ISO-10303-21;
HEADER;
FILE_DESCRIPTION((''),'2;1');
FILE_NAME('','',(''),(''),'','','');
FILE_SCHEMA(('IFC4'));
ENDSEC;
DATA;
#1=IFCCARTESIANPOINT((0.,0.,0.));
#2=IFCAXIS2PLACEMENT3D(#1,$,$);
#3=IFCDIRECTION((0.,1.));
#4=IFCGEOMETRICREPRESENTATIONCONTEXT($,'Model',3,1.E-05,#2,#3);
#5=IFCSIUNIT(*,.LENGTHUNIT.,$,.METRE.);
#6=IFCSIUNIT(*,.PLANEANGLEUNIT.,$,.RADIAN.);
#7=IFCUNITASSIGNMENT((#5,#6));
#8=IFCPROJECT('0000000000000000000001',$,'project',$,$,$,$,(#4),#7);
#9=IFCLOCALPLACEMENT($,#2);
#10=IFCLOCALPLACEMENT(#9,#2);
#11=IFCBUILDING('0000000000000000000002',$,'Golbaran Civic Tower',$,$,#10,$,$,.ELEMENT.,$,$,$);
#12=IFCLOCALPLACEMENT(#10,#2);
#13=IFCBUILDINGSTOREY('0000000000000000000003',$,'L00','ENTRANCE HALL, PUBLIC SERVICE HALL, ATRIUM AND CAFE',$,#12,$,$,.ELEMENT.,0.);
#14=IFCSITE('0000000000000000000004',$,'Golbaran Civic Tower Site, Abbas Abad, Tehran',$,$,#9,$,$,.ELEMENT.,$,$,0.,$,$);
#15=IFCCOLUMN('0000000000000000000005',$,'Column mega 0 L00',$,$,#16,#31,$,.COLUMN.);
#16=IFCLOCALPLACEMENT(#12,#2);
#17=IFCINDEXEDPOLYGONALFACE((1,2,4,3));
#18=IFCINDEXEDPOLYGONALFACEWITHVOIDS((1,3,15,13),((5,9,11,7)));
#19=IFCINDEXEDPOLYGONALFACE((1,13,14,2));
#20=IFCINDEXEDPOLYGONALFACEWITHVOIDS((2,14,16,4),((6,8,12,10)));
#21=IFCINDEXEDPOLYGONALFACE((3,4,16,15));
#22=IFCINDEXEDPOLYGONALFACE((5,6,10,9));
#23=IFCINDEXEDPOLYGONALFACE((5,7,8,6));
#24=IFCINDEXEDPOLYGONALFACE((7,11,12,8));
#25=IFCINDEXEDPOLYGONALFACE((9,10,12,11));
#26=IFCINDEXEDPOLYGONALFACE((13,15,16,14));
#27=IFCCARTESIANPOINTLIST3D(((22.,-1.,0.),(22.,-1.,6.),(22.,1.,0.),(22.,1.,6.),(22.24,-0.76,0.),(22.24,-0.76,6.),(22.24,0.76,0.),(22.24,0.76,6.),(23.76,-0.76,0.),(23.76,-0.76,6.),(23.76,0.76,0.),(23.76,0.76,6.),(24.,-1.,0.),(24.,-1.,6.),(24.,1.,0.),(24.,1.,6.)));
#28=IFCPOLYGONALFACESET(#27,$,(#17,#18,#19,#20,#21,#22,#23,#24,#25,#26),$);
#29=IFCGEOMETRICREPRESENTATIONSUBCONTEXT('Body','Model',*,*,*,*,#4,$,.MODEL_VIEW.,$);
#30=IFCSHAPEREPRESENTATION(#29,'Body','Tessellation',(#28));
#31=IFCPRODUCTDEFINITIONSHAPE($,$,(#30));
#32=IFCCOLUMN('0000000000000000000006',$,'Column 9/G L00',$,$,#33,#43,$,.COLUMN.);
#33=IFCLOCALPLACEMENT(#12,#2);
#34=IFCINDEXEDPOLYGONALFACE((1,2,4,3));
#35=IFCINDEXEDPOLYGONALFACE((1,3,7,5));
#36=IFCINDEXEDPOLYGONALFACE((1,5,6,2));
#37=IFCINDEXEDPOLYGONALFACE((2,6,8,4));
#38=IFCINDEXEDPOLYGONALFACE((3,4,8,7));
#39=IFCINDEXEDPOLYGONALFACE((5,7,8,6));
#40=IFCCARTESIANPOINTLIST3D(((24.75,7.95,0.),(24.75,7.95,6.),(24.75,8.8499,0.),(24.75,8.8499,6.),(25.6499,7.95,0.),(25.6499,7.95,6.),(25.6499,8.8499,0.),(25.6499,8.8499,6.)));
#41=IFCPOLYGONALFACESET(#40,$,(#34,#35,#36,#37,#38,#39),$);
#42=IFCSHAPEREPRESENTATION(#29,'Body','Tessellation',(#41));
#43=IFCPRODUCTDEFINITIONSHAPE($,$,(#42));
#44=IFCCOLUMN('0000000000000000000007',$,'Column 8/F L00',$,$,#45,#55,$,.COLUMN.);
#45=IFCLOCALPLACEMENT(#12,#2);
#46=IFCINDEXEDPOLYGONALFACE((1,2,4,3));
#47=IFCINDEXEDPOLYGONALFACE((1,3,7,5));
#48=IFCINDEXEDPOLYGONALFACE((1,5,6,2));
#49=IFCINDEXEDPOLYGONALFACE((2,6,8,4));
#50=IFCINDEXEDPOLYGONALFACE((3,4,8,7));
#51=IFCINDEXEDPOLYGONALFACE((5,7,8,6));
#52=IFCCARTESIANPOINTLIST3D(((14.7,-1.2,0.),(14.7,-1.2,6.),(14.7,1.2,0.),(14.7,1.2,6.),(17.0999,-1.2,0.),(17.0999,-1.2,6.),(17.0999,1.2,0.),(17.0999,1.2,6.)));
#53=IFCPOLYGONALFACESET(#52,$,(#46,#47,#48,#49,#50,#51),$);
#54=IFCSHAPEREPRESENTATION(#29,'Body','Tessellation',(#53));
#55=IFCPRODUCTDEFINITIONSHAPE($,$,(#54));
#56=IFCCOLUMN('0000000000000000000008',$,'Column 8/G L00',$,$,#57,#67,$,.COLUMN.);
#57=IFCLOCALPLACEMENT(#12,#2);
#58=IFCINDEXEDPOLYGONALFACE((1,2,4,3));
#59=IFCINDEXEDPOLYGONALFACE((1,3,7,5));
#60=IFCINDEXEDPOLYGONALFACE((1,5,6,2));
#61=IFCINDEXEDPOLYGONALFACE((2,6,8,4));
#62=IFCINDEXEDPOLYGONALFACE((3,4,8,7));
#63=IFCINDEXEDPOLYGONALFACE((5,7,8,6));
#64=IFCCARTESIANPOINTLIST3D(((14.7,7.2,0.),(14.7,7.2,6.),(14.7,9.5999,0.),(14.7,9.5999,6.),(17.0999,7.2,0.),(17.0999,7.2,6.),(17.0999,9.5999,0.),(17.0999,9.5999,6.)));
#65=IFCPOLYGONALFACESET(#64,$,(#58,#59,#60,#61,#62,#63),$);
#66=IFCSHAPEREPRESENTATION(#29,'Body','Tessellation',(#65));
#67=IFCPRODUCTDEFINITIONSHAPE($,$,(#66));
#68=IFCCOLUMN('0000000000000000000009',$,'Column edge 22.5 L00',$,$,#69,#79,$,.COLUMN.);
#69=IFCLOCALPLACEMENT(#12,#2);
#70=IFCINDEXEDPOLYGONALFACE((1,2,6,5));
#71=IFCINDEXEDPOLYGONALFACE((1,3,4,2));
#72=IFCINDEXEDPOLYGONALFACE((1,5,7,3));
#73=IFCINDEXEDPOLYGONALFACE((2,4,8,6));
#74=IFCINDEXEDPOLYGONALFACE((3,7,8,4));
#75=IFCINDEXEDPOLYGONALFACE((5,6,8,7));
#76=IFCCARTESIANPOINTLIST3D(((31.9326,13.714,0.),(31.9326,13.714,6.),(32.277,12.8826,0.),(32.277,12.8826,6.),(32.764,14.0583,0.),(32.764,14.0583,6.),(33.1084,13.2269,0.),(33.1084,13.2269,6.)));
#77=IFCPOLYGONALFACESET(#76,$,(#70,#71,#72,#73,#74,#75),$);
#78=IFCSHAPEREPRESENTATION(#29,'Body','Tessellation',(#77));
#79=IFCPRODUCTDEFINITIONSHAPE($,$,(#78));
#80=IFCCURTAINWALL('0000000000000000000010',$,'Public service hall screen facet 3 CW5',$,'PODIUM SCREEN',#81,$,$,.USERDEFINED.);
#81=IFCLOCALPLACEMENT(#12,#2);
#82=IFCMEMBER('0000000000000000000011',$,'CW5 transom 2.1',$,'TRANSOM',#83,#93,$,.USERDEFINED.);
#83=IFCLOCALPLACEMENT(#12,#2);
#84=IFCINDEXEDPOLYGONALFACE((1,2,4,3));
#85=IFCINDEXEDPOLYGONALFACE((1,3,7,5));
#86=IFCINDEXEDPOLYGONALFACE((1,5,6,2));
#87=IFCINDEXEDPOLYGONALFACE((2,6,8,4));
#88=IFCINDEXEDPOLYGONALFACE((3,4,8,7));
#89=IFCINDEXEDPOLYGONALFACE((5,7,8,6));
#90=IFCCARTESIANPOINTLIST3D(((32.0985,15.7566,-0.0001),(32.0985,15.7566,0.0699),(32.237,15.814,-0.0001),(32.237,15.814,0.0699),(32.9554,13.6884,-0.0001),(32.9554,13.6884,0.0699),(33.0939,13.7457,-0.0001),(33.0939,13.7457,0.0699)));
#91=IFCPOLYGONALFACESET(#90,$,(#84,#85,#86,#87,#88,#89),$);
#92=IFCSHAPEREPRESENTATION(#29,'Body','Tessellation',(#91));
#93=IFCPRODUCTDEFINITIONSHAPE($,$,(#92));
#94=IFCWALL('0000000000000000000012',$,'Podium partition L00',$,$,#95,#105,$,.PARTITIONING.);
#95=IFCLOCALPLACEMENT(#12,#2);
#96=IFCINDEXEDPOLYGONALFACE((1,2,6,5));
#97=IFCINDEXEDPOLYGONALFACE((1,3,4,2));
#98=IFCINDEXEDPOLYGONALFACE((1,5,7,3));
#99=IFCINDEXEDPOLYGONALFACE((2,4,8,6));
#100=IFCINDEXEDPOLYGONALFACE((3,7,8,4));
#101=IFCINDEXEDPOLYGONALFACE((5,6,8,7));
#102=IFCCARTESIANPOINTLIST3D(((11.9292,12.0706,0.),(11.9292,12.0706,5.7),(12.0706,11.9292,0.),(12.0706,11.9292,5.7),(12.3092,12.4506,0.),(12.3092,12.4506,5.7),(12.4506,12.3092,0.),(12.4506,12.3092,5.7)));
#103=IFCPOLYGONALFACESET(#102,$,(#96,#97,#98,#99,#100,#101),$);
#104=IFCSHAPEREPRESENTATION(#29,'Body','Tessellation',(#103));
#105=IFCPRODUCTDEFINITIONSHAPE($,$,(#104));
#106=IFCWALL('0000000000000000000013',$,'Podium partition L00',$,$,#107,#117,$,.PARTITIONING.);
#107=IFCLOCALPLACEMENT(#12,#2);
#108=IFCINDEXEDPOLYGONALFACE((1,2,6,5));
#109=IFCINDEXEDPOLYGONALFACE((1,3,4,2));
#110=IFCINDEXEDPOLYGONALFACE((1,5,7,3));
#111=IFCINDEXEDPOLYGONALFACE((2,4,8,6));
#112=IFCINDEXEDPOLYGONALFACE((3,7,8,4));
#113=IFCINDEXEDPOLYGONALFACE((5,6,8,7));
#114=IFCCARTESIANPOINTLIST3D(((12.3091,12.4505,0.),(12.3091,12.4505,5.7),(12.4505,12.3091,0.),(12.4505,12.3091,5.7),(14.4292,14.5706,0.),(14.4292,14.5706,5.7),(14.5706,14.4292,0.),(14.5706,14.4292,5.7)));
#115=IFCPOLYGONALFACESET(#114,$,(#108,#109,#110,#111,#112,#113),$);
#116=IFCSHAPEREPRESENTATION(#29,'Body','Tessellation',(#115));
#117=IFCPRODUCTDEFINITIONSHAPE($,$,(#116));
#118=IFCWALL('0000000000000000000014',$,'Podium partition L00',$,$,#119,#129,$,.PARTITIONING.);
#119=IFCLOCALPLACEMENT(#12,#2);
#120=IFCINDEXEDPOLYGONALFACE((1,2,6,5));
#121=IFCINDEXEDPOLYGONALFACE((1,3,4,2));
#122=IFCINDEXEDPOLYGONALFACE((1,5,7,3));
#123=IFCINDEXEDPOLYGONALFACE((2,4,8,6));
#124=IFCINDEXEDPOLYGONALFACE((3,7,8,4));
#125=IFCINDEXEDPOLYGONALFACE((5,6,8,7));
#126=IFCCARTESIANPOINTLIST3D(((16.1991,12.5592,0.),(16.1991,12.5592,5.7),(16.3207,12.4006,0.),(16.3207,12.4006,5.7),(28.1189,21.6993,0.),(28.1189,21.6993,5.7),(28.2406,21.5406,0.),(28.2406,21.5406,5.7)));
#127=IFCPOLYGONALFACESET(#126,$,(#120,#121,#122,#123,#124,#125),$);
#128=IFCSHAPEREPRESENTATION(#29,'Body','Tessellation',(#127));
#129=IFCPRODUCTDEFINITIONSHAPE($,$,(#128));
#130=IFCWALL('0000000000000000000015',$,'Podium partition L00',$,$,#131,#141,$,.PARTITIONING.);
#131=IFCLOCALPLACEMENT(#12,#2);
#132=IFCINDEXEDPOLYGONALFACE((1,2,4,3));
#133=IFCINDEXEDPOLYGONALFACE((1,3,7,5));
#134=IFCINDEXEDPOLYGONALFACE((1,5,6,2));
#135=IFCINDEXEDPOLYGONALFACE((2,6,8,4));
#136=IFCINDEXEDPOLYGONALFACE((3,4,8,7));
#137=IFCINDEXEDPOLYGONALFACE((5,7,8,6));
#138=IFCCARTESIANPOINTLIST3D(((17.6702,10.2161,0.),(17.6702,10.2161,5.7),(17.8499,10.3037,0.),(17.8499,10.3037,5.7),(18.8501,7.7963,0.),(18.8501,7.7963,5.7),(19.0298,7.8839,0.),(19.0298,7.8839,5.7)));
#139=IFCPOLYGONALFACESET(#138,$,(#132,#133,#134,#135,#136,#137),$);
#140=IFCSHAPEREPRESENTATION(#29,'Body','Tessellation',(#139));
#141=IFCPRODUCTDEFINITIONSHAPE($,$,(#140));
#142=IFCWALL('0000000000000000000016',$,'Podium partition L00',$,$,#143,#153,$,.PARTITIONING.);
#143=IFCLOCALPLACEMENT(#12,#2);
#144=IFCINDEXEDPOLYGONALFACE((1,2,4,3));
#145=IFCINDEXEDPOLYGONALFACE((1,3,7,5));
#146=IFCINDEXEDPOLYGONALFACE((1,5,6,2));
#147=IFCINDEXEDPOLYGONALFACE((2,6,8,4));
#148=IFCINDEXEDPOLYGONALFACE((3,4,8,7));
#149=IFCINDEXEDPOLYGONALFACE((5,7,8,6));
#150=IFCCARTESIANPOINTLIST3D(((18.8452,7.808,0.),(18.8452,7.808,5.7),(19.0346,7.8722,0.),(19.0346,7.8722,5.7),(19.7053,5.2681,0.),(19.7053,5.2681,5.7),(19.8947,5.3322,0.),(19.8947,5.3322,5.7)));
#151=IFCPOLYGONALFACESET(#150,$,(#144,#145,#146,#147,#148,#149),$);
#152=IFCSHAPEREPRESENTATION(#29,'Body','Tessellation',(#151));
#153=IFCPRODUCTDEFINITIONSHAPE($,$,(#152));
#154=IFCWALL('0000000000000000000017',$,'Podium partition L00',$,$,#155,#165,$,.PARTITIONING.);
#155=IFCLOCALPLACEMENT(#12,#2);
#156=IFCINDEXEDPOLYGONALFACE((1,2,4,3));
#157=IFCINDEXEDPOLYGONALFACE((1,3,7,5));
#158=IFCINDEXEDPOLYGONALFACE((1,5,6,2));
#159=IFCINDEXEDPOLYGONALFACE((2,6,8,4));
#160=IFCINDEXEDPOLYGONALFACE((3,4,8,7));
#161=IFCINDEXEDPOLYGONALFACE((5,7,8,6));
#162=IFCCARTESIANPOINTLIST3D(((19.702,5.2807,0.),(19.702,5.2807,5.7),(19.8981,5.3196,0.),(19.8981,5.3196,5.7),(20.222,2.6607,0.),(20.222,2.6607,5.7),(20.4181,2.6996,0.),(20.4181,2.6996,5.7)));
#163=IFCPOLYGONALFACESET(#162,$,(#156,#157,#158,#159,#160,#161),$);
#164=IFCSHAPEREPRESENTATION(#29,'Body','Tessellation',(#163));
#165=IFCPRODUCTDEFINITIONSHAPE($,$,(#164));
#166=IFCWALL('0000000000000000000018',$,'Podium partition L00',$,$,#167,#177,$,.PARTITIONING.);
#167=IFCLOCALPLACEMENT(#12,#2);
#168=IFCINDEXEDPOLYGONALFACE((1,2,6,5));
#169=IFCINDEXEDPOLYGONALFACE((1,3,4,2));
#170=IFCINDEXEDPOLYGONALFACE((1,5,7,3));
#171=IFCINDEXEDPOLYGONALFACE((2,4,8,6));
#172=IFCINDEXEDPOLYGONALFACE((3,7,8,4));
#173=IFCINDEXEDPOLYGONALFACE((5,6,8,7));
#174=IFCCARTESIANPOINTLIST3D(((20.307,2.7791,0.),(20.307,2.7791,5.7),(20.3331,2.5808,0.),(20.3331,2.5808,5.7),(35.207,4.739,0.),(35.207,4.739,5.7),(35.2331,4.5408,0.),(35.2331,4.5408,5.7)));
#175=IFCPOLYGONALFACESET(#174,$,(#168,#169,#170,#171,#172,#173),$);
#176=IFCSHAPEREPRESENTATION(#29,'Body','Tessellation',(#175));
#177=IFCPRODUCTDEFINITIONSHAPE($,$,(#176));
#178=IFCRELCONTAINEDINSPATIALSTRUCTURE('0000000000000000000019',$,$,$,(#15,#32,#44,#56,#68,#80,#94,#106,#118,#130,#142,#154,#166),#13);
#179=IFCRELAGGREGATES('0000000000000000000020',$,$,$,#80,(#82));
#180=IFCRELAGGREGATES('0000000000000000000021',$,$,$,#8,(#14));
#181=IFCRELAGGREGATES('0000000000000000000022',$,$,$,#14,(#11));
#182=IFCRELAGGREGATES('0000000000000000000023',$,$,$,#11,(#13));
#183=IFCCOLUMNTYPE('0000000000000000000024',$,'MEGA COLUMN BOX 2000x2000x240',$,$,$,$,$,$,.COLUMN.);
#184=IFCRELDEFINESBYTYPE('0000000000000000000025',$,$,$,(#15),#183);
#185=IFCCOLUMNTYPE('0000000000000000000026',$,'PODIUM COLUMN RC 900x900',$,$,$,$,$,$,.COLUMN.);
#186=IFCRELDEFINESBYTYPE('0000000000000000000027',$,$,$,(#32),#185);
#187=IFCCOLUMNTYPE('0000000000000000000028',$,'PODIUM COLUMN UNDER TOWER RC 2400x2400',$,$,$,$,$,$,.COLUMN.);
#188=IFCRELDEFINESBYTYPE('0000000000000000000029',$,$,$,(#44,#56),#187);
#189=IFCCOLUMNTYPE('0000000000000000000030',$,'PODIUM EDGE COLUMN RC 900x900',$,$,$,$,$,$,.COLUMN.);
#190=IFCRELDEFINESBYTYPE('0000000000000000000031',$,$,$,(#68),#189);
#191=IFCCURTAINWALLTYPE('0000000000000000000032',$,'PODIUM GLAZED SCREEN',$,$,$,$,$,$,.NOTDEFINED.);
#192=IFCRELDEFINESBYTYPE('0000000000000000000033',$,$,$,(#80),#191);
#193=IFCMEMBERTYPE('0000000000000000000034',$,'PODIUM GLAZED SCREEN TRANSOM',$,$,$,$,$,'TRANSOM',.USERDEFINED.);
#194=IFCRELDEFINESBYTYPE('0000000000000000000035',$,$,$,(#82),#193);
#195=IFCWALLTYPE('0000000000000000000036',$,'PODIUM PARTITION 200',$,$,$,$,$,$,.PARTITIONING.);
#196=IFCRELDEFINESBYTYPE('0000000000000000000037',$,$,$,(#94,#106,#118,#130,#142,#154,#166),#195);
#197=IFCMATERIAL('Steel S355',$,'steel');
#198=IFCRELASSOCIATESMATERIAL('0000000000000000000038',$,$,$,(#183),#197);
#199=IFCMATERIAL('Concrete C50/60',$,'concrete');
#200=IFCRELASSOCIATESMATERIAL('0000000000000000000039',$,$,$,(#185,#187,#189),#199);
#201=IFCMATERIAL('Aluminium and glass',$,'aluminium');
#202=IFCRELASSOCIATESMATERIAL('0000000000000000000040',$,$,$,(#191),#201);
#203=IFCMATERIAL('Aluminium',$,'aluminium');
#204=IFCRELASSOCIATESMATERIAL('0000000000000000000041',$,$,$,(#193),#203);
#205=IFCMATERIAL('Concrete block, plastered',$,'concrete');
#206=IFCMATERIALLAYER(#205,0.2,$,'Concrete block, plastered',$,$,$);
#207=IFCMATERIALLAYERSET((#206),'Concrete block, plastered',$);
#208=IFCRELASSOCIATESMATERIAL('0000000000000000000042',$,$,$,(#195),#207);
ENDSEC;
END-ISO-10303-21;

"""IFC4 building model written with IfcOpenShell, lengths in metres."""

from ifc_helpers import new_model, si_unit, direction, frame, frame_2d, origin, origin_2d, place, context, subcontext, project, spatial, rectangle, hollow_rectangle, extrude, material, layer, layer_set, material_profile, profile_set, type_object, element, aggregate, save


model = new_model("IFC4")

# Units and contexts
model_context = context("Model", 3, precision=1e-05, world=origin(), true_north=direction((0.0, 1.0)))
body_context = subcontext(model_context, "Body", "Model", "MODEL_VIEW")
ifc_project = project(units=[si_unit("LENGTHUNIT", "METRE"), si_unit("PLANEANGLEUNIT", "RADIAN")], contexts=[model_context])

# Site, building, storey
site_placement = place(None, origin())
site = spatial("IfcSite", under=ifc_project, at=site_placement, Name="Golbaran Civic Tower Site, Abbas Abad, Tehran", CompositionType="ELEMENT", RefElevation=0.0)
building_placement = place(site_placement, origin())
building = spatial("IfcBuilding", under=site, at=building_placement, Name="Golbaran Civic Tower", CompositionType="ELEMENT")
storey_placement = place(building_placement, origin())
storey = spatial("IfcBuildingStorey", under=building, at=storey_placement, Name="L00", Description="ENTRANCE HALL, PUBLIC SERVICE HALL, ATRIUM AND CAFE", CompositionType="ELEMENT", Elevation=0.0)

# Columns
ifc_material_1 = material(Name="Steel S355", Category="steel")
ifc_material_profile_1 = material_profile(ifc_material_1, hollow_rectangle(XDim=2.0, YDim=2.0, WallThickness=0.24, at=origin_2d()), Name="BOX 2000x2000x240")
ifc_profile_set_1 = profile_set([ifc_material_profile_1], Name="Steel S355")
column_type_1 = type_object("IfcColumnType", Name="MEGA COLUMN BOX 2000x2000x240", PredefinedType="COLUMN", material=ifc_profile_set_1)
column_1_placement = place(storey_placement, frame((23.0, 0.0, 0.0), z_axis=(0.0, 0.0, 1.0), x_axis=(1.0, 0.0, 0.0)))
element("IfcColumn", 1, at=column_1_placement, inside=storey, type_object=column_type_1, Name="Column mega 0 L00", PredefinedType="COLUMN", context=body_context, shape_type="SweptSolid", body=[
    extrude(hollow_rectangle(XDim=2.0, YDim=2.0, WallThickness=0.24, at=origin_2d()), origin(), (0.0, 0.0, 1.0), 6.0),
])
ifc_material_2 = material(Name="Concrete C50/60", Category="concrete")
ifc_material_profile_2 = material_profile(ifc_material_2, rectangle(XDim=0.8999, YDim=0.8999, at=origin_2d()), Name="RC 900x900")
ifc_profile_set_2 = profile_set([ifc_material_profile_2], Name="Concrete C50/60")
column_type_2 = type_object("IfcColumnType", Name="PODIUM COLUMN RC 900x900", PredefinedType="COLUMN", material=ifc_profile_set_2)
column_2_placement = place(storey_placement, frame((25.2, 8.3999, 0.0), z_axis=(0.0, 0.0, 1.0), x_axis=(1.0, 0.0, 0.0)))
element("IfcColumn", 2, at=column_2_placement, inside=storey, type_object=column_type_2, Name="Column 9/G L00", PredefinedType="COLUMN", context=body_context, shape_type="SweptSolid", body=[
    extrude(rectangle(XDim=0.8999, YDim=0.8999, at=origin_2d()), origin(), (0.0, 0.0, 1.0), 6.0),
])
ifc_material_profile_3 = material_profile(ifc_material_2, rectangle(XDim=2.3999, YDim=2.3999, at=origin_2d()), Name="RC 2400x2400")
ifc_profile_set_3 = profile_set([ifc_material_profile_3], Name="Concrete C50/60")
column_type_3 = type_object("IfcColumnType", Name="PODIUM COLUMN UNDER TOWER RC 2400x2400", PredefinedType="COLUMN", material=ifc_profile_set_3)
for number, where, z_axis, x_axis, name in (
    (3, (15.8999, 0.0, 0.0), (0.0, 0.0, 1.0), (1.0, 0.0, 0.0), "Column 8/F L00"),
    (4, (15.8999, 8.3999, 0.0), (0.0, 0.0, 1.0), (1.0, 0.0, 0.0), "Column 8/G L00"),
):
    element("IfcColumn", number, at=place(storey_placement, frame(where, z_axis=z_axis, x_axis=x_axis)), inside=storey, type_object=column_type_3, Name=name, PredefinedType="COLUMN", context=body_context, shape_type="SweptSolid", body=[
        extrude(rectangle(XDim=2.3999, YDim=2.3999, at=origin_2d()), origin(), (0.0, 0.0, 1.0), 6.0),
    ])
ifc_material_profile_4 = material_profile(ifc_material_2, rectangle(XDim=0.8999, YDim=0.8999, at=origin_2d()), Name="RC 900x900")
ifc_profile_set_4 = profile_set([ifc_material_profile_4], Name="Concrete C50/60")
column_type_4 = type_object("IfcColumnType", Name="PODIUM EDGE COLUMN RC 900x900", PredefinedType="COLUMN", material=ifc_profile_set_4)
column_3_placement = place(storey_placement, frame((32.5205, 13.4705, 0.0), z_axis=(0.0, 0.0, 1.0), x_axis=(0.92388, 0.382683, 0.0)))
element("IfcColumn", 5, at=column_3_placement, inside=storey, type_object=column_type_4, Name="Column edge 22.5 L00", PredefinedType="COLUMN", context=body_context, shape_type="SweptSolid", body=[
    extrude(rectangle(XDim=0.8999, YDim=0.8999, at=origin_2d()), origin(), (0.0, 0.0, 1.0), 6.0),
])

# Curtain wall, member
ifc_material_3 = material(Name="Aluminium and glass", Category="aluminium")
curtain_wall_type = type_object("IfcCurtainWallType", Name="PODIUM GLAZED SCREEN", PredefinedType="NOTDEFINED", material=ifc_material_3)
curtain_wall_placement = place(storey_placement, origin())
curtain_wall = element("IfcCurtainWall", 6, at=curtain_wall_placement, inside=storey, type_object=curtain_wall_type, Name="Public service hall screen facet 3 CW5", ObjectType="PODIUM SCREEN", PredefinedType="USERDEFINED")
ifc_material_4 = material(Name="Aluminium", Category="aluminium")
ifc_material_profile_5 = material_profile(ifc_material_4, rectangle(XDim=0.1499, YDim=0.0701, at=origin_2d()), Name="PODIUM GLAZED SCREEN TRANSOM")
ifc_profile_set_5 = profile_set([ifc_material_profile_5], Name="Aluminium")
member_type = type_object("IfcMemberType", Name="PODIUM GLAZED SCREEN TRANSOM", ElementType="TRANSOM", PredefinedType="USERDEFINED", material=ifc_profile_set_5)
member_placement = place(storey_placement, frame((33.0247, 13.717, 0.0349), z_axis=(-0.382756, 0.923849, 0.0), x_axis=(-0.923849, -0.382756, 0.0)))
member = element("IfcMember", 7, at=member_placement, type_object=member_type, Name="CW5 transom 2.1", ObjectType="TRANSOM", PredefinedType="USERDEFINED", context=body_context, shape_type="SweptSolid", body=[
    extrude(rectangle(XDim=0.1499, YDim=0.0701, at=origin_2d()), origin(), (0.0, 0.0, 1.0), 2.2388),
])
aggregate(curtain_wall, [member])

# Walls
ifc_material_5 = material(Name="Concrete block, plastered", Category="concrete")
ifc_layer_1 = layer(ifc_material_5, 0.2, Name="Concrete block, plastered")
ifc_layer_set_1 = layer_set([ifc_layer_1], Name="Concrete block, plastered")
wall_type_1 = type_object("IfcWallType", Name="PODIUM PARTITION 200", PredefinedType="PARTITIONING", material=ifc_layer_set_1)
wall_1_placement = place(storey_placement, frame((12.0, 12.0, 0.0), z_axis=(0.0, 0.0, 1.0), x_axis=(0.707107, 0.707107, 0.0)))
element("IfcWall", 8, at=wall_1_placement, inside=storey, type_object=wall_type_1, Name="Podium partition L00", PredefinedType="PARTITIONING", context=body_context, shape_type="SweptSolid", body=[
    extrude(rectangle(XDim=0.5374, YDim=0.2, at=frame_2d((0.2686, 0.0))), origin(), (0.0, 0.0, 1.0), 5.7),
])
wall_2_placement = place(storey_placement, frame((12.3799, 12.3799, 0.0), z_axis=(0.0, 0.0, 1.0), x_axis=(0.707107, 0.707107, 0.0)))
element("IfcWall", 9, at=wall_2_placement, inside=storey, type_object=wall_type_1, Name="Podium partition L00", PredefinedType="PARTITIONING", context=body_context, shape_type="SweptSolid", body=[
    extrude(rectangle(XDim=2.9983, YDim=0.2, at=frame_2d((1.499, 0.0))), origin(), (0.0, 0.0, 1.0), 5.7),
])

# Walls
wall_3_placement = place(storey_placement, frame((16.26, 12.48, 0.0), z_axis=(0.0, 0.0, 1.0), x_axis=(0.793557, 0.608496, 0.0)))
element("IfcWall", 10, at=wall_3_placement, inside=storey, type_object=wall_type_1, Name="Podium partition L00", PredefinedType="PARTITIONING", context=body_context, shape_type="SweptSolid", body=[
    extrude(rectangle(XDim=15.0208, YDim=0.2, at=frame_2d((7.5103, 0.0))), origin(), (0.0, 0.0, 1.0), 5.7),
])
wall_4_placement = place(storey_placement, frame((17.76, 10.26, 0.0), z_axis=(0.0, 0.0, 1.0), x_axis=(0.438268, -0.898844, 0.0)))
element("IfcWall", 11, at=wall_4_placement, inside=storey, type_object=wall_type_1, Name="Podium partition L00", PredefinedType="PARTITIONING", context=body_context, shape_type="SweptSolid", body=[
    extrude(rectangle(XDim=2.6921, YDim=0.2, at=frame_2d((1.3462, 0.0))), origin(), (0.0, 0.0, 1.0), 5.7),
])
wall_5_placement = place(storey_placement, frame((18.9399, 7.8401, 0.0), z_axis=(0.0, 0.0, 1.0), x_axis=(0.320731, -0.94717, 0.0)))
element("IfcWall", 12, at=wall_5_placement, inside=storey, type_object=wall_type_1, Name="Podium partition L00", PredefinedType="PARTITIONING", context=body_context, shape_type="SweptSolid", body=[
    extrude(rectangle(XDim=2.6816, YDim=0.2, at=frame_2d((1.3408, 0.0))), origin(), (0.0, 0.0, 1.0), 5.7),
])
wall_6_placement = place(storey_placement, frame((19.8, 5.3, 0.0), z_axis=(0.0, 0.0, 1.0), x_axis=(0.194675, -0.980868, 0.0)))
element("IfcWall", 13, at=wall_6_placement, inside=storey, type_object=wall_type_1, Name="Podium partition L00", PredefinedType="PARTITIONING", context=body_context, shape_type="SweptSolid", body=[
    extrude(rectangle(XDim=2.6711, YDim=0.2, at=frame_2d((1.3354, 0.0))), origin(), (0.0, 0.0, 1.0), 5.7),
])
wall_7_placement = place(storey_placement, frame((20.3201, 2.6799, 0.0), z_axis=(0.0, 0.0, 1.0), x_axis=(0.991459, 0.130418, 0.0)))
element("IfcWall", 14, at=wall_7_placement, inside=storey, type_object=wall_type_1, Name="Podium partition L00", PredefinedType="PARTITIONING", context=body_context, shape_type="SweptSolid", body=[
    extrude(rectangle(XDim=15.0283, YDim=0.2, at=frame_2d((7.5142, 0.0))), origin(), (0.0, 0.0, 1.0), 5.7),
])

save(model, "model.ifc")
